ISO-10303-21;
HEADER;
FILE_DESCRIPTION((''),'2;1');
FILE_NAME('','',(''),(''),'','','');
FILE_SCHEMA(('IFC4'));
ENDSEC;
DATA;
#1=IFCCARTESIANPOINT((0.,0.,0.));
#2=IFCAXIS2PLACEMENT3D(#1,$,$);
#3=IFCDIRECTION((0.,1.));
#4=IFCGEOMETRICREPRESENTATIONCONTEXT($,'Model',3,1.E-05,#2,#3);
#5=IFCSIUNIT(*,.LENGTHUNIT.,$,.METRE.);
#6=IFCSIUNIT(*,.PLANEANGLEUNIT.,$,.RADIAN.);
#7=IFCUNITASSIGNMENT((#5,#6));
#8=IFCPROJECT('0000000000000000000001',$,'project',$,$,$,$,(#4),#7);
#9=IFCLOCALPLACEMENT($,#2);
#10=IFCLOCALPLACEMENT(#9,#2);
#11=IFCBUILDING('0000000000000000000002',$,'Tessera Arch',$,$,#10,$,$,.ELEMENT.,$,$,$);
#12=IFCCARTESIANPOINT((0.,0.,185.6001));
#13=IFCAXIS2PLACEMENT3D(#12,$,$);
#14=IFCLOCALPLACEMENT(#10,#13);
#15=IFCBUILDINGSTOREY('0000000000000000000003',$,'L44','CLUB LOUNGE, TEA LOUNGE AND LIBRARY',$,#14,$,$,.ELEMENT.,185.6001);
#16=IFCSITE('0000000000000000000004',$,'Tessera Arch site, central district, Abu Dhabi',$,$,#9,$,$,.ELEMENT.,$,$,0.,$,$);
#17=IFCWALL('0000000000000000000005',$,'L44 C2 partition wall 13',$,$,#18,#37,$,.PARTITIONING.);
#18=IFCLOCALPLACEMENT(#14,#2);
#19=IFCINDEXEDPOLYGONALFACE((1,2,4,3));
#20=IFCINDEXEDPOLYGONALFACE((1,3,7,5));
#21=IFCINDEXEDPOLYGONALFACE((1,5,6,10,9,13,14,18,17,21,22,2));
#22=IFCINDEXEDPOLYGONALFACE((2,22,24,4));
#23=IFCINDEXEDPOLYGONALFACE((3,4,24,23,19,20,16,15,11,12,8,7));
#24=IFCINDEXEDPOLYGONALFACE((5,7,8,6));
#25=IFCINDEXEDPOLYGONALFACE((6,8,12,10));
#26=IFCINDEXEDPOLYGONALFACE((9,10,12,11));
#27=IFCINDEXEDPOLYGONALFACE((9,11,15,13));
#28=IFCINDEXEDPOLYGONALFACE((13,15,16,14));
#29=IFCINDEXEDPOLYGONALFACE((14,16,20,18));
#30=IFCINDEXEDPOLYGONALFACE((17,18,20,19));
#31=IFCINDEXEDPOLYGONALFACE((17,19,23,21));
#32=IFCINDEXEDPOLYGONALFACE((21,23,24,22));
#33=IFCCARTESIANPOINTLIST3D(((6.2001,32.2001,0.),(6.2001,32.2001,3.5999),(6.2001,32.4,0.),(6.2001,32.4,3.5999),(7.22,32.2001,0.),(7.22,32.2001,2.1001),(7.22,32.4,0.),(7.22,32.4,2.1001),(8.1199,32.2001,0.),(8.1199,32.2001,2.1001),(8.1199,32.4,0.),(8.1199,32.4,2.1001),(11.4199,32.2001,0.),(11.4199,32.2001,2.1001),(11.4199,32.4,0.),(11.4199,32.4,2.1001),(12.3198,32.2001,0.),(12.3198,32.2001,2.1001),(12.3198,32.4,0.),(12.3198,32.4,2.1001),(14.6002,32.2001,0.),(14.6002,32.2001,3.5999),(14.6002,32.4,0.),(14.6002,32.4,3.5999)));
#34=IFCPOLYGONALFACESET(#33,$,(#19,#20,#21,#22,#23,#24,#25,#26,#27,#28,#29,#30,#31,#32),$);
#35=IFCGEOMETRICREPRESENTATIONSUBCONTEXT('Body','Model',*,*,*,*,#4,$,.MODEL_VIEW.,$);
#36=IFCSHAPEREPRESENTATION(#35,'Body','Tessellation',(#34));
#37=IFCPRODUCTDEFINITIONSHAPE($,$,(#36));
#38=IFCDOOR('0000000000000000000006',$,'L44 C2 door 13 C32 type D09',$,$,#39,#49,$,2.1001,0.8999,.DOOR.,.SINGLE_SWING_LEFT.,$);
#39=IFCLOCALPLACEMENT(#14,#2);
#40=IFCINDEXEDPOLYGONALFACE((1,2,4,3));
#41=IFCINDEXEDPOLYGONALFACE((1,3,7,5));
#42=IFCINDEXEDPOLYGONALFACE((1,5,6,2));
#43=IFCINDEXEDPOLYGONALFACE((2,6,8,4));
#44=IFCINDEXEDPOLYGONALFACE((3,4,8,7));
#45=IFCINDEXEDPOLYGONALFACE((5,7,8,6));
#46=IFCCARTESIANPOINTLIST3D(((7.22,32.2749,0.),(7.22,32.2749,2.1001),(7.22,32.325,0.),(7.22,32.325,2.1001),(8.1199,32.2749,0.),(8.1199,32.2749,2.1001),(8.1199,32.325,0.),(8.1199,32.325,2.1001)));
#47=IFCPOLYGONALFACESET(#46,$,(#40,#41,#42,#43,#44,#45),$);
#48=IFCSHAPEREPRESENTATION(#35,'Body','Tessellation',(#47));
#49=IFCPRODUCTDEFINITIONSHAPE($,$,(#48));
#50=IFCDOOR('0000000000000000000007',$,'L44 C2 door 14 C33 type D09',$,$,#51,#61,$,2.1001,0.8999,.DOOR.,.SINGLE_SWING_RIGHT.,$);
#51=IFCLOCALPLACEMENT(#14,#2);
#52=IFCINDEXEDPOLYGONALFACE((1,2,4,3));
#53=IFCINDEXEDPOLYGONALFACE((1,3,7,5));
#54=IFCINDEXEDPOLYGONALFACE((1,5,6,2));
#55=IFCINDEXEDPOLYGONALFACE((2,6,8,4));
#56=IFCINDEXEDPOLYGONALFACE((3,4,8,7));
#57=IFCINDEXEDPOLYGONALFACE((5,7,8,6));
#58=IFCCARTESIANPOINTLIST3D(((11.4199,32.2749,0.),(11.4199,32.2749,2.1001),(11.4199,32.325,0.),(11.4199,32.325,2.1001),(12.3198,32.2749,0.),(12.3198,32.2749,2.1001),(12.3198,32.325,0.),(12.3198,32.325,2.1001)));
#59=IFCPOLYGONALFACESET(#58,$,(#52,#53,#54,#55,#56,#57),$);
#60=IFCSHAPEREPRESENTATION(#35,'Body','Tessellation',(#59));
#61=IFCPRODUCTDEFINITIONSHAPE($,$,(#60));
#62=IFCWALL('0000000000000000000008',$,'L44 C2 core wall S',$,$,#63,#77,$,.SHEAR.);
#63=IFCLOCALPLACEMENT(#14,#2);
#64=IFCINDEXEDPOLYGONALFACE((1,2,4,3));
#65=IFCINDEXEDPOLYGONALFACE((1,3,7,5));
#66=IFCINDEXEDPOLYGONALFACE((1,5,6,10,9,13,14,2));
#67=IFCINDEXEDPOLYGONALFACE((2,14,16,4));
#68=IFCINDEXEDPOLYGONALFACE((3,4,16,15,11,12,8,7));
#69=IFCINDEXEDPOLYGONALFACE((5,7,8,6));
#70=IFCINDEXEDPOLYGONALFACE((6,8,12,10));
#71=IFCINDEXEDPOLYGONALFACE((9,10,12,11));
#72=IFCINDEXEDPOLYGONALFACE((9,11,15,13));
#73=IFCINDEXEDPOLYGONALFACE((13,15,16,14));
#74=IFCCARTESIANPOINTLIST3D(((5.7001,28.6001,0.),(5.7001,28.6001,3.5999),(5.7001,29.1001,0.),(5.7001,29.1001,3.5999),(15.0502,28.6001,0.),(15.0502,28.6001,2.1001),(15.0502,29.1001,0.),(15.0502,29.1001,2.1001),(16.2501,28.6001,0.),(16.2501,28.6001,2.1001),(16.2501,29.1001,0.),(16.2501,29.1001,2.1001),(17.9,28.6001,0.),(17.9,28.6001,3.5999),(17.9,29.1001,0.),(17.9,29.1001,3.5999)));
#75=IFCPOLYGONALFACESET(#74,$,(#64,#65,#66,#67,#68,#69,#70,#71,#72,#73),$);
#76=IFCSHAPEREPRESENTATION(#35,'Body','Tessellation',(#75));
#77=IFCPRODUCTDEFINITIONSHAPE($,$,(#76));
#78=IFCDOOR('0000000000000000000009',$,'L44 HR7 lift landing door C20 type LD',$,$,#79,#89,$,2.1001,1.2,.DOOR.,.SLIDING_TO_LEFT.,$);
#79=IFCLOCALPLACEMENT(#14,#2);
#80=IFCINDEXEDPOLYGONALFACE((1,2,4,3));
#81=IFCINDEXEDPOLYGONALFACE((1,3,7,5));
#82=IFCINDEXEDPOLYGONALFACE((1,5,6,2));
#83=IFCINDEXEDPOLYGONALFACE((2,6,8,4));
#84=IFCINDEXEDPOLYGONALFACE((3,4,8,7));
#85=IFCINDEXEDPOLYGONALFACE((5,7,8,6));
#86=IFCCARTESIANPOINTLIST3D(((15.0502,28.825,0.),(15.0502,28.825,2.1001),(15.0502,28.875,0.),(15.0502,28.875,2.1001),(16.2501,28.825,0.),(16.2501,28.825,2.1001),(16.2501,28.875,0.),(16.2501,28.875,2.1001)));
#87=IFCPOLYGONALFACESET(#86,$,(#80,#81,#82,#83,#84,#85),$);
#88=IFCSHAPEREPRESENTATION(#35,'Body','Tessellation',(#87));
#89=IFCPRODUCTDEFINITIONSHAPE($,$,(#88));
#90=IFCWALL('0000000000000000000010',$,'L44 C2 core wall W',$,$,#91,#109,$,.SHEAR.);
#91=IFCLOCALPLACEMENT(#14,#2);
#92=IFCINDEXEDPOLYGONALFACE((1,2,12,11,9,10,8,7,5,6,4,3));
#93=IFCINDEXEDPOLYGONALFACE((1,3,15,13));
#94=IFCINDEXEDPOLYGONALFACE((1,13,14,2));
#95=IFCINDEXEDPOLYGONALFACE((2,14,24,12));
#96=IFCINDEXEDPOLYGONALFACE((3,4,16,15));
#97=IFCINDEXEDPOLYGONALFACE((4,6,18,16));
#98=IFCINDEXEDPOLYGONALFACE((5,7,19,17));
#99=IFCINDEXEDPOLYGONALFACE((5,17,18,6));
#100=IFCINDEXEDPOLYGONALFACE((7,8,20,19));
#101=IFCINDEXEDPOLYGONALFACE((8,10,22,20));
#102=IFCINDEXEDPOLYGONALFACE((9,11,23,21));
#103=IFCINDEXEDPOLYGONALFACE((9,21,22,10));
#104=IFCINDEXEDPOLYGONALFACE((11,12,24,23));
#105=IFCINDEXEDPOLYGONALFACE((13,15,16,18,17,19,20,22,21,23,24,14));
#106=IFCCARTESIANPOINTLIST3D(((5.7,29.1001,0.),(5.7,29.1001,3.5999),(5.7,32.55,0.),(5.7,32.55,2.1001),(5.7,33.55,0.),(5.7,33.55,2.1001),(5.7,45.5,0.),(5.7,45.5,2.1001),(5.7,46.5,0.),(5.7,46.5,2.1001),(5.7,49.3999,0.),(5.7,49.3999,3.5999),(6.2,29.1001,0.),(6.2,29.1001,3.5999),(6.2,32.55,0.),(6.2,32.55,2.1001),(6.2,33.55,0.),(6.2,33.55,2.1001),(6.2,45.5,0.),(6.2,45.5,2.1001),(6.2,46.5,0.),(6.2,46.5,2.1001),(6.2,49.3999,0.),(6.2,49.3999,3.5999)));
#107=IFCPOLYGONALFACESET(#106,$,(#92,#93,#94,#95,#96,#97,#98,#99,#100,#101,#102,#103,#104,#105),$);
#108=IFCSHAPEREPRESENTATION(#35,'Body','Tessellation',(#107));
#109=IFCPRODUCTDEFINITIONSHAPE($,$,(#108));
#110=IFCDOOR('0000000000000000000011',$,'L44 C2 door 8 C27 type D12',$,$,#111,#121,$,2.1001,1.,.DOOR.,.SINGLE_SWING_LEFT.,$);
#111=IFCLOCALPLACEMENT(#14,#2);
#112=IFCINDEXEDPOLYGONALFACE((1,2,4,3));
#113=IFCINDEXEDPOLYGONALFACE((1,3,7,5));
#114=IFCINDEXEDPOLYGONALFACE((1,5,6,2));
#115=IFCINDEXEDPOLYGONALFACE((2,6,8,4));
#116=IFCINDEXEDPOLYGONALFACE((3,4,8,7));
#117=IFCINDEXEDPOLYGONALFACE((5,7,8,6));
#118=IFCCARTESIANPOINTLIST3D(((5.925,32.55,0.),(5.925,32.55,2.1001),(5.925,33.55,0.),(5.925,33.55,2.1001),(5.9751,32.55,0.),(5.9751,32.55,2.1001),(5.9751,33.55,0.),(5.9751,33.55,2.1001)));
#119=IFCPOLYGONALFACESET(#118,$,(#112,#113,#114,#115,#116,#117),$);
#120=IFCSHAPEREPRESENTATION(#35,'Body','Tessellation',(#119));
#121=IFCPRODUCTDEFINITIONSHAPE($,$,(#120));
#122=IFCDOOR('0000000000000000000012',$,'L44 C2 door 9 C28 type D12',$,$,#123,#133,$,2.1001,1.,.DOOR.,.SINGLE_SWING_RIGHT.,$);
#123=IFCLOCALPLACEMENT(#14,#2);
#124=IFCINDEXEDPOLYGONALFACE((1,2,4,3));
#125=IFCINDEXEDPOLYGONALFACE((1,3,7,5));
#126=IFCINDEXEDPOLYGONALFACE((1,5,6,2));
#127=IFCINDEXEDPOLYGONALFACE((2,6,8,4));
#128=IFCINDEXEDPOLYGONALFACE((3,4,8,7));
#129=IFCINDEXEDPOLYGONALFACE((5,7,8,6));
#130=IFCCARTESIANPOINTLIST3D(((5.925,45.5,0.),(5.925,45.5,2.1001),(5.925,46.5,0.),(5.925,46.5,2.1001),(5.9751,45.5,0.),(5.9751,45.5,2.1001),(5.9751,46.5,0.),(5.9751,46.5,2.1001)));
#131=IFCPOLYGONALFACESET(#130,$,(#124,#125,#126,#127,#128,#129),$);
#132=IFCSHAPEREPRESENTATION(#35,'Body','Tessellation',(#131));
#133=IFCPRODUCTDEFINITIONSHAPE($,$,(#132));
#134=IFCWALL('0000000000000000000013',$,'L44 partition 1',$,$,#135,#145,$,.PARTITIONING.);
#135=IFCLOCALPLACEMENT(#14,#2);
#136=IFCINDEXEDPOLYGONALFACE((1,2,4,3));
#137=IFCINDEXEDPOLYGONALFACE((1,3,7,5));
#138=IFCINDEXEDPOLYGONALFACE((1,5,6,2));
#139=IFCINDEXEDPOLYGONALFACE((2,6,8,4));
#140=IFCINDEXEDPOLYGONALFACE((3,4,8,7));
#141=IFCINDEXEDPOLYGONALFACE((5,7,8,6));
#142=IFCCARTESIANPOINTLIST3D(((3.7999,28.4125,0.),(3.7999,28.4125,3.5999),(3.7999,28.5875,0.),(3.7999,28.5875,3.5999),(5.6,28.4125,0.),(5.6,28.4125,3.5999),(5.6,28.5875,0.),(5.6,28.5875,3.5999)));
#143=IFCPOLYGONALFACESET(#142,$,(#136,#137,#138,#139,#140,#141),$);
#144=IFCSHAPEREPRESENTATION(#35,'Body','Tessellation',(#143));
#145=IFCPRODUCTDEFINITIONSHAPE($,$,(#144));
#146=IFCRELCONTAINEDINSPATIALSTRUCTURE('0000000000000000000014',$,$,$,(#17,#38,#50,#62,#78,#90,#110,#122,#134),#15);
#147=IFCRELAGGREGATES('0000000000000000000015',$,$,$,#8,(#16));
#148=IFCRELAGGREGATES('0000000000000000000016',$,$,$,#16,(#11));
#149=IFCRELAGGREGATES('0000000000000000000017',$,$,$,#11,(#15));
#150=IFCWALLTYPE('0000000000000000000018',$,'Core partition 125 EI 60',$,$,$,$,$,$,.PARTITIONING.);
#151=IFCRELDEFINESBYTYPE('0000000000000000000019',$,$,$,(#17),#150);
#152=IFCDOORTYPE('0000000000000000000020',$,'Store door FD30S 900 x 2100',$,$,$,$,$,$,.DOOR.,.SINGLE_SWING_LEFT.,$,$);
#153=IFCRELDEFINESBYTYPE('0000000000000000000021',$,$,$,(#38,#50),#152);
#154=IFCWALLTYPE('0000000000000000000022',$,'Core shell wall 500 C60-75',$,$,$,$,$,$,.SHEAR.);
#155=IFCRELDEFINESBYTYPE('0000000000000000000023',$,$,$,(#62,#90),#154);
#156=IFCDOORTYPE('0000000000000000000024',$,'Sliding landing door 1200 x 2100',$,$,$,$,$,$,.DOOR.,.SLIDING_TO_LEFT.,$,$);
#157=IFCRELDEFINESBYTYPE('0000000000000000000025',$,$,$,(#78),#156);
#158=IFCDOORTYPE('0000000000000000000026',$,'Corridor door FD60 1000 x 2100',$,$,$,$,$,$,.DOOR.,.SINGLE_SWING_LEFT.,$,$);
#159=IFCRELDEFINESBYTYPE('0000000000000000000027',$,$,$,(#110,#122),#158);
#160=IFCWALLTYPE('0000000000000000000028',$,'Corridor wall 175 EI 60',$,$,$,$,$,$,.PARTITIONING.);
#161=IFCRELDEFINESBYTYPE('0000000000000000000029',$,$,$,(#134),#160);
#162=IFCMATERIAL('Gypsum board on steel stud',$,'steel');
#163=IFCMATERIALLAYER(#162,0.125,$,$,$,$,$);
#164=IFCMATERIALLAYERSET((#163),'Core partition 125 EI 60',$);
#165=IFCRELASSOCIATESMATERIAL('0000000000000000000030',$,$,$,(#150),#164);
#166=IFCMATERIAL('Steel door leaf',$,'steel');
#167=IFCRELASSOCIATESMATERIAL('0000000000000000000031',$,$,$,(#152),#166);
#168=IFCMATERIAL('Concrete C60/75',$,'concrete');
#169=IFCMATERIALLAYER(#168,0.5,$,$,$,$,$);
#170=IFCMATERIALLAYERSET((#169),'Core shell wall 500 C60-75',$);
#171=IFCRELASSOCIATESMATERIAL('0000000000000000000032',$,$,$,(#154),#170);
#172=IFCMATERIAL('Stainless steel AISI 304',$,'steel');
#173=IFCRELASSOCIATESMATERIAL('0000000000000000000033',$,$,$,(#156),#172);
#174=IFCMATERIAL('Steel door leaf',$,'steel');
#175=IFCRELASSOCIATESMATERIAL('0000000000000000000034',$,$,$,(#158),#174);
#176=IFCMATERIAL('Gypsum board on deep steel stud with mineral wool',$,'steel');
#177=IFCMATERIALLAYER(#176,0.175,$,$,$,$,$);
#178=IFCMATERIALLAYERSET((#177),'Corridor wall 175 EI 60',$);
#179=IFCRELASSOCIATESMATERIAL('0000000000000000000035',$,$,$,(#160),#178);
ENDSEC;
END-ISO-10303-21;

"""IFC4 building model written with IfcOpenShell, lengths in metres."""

from ifc_helpers import new_model, si_unit, direction, frame, frame_2d, origin, place, context, subcontext, project, spatial, rectangle, extrude, material, layer, layer_set, type_object, element, fill, save


model = new_model("IFC4")

# Units and contexts
model_context = context("Model", 3, precision=1e-05, world=origin(), true_north=direction((0.0, 1.0)))
body_context = subcontext(model_context, "Body", "Model", "MODEL_VIEW")
ifc_project = project(units=[si_unit("LENGTHUNIT", "METRE"), si_unit("PLANEANGLEUNIT", "RADIAN")], contexts=[model_context])

# Site, building, storey
site_placement = place(None, origin())
site = spatial("IfcSite", under=ifc_project, at=site_placement, Name="Tessera Arch site, central district, Abu Dhabi", CompositionType="ELEMENT", RefElevation=0.0)
building_placement = place(site_placement, origin())
building = spatial("IfcBuilding", under=site, at=building_placement, Name="Tessera Arch", CompositionType="ELEMENT")
storey_placement = place(building_placement, frame((0.0, 0.0, 185.6001)))
storey = spatial("IfcBuildingStorey", under=building, at=storey_placement, Name="L44", Description="CLUB LOUNGE, TEA LOUNGE AND LIBRARY", CompositionType="ELEMENT", Elevation=185.6001)

# Shared definitions
ifc_material_1 = material(Name="Gypsum board on steel stud", Category="steel")
ifc_layer_1 = layer(ifc_material_1, 0.125)
ifc_layer_set_1 = layer_set([ifc_layer_1], Name="Core partition 125 EI 60")
wall_type_1 = type_object("IfcWallType", Name="Core partition 125 EI 60", PredefinedType="PARTITIONING", material=ifc_layer_set_1)

# Wall, openings, doors
wall_1_placement = place(storey_placement, frame((6.2, 32.3, 0.0), z_axis=(0.0, 0.0, 1.0), x_axis=(1.0, 0.0, 0.0)))
wall_1 = element("IfcWall", 1, at=wall_1_placement, inside=storey, type_object=wall_type_1, Name="L44 C2 partition wall 13", PredefinedType="PARTITIONING", context=body_context, shape_type="SweptSolid", body=[
    extrude(rectangle(XDim=8.4001, YDim=0.2, at=frame_2d((4.2002, 0.0))), origin(), (0.0, 0.0, 1.0), 3.5999),
])
opening_1_placement = place(wall_1_placement, frame((1.02, 0.0, 0.0)))
opening_1 = element("IfcOpeningElement", 2, at=opening_1_placement, cuts=wall_1, PredefinedType="OPENING", context=body_context, shape_type="SweptSolid", body=[
    extrude(rectangle(XDim=0.8999, YDim=2.1001, at=frame_2d((0.45, 1.05))), frame((0.0, 0.1099, 0.0), z_axis=(0.0, -1.0, 0.0), x_axis=(1.0, 0.0, 0.0)), (0.0, 0.0, 1.0), 0.22),
])
opening_2_placement = place(wall_1_placement, frame((5.22, 0.0, 0.0)))
opening_2 = element("IfcOpeningElement", 3, at=opening_2_placement, cuts=wall_1, PredefinedType="OPENING", context=body_context, shape_type="SweptSolid", body=[
    extrude(rectangle(XDim=0.8999, YDim=2.1001, at=frame_2d((0.45, 1.05))), frame((0.0, 0.1099, 0.0), z_axis=(0.0, -1.0, 0.0), x_axis=(1.0, 0.0, 0.0)), (0.0, 0.0, 1.0), 0.22),
])
ifc_material_2 = material(Name="Steel door leaf", Category="steel")
door_type_1 = type_object("IfcDoorType", Name="Store door FD30S 900 x 2100", OperationType="SINGLE_SWING_LEFT", PredefinedType="DOOR", material=ifc_material_2)
door_1_placement = place(opening_1_placement, origin())
door_1 = element("IfcDoor", 4, at=door_1_placement, inside=storey, type_object=door_type_1, Name="L44 C2 door 13 C32 type D09", OperationType="SINGLE_SWING_LEFT", OverallHeight=2.1001, OverallWidth=0.8999, PredefinedType="DOOR", context=body_context, shape_type="SweptSolid", body=[
    extrude(rectangle(XDim=0.8999, YDim=2.1001, at=frame_2d((0.45, 1.05))), frame((0.0, 0.0249, 0.0), z_axis=(0.0, -1.0, 0.0), x_axis=(1.0, 0.0, 0.0)), (0.0, 0.0, 1.0), 0.05),
])
fill(opening_1, door_1)
door_2_placement = place(opening_2_placement, origin())
door_2 = element("IfcDoor", 5, at=door_2_placement, inside=storey, type_object=door_type_1, Name="L44 C2 door 14 C33 type D09", OperationType="SINGLE_SWING_RIGHT", OverallHeight=2.1001, OverallWidth=0.8999, PredefinedType="DOOR", context=body_context, shape_type="SweptSolid", body=[
    extrude(rectangle(XDim=0.8999, YDim=2.1001, at=frame_2d((0.45, 1.05))), frame((0.0, 0.0249, 0.0), z_axis=(0.0, -1.0, 0.0), x_axis=(1.0, 0.0, 0.0)), (0.0, 0.0, 1.0), 0.05),
])
fill(opening_2, door_2)

# Wall, opening, door
ifc_material_3 = material(Name="Concrete C60/75", Category="concrete")
ifc_layer_2 = layer(ifc_material_3, 0.5)
ifc_layer_set_2 = layer_set([ifc_layer_2], Name="Core shell wall 500 C60-75")
wall_type_2 = type_object("IfcWallType", Name="Core shell wall 500 C60-75", PredefinedType="SHEAR", material=ifc_layer_set_2)
wall_2_placement = place(storey_placement, frame((5.7, 28.8501, 0.0), z_axis=(0.0, 0.0, 1.0), x_axis=(1.0, 0.0, 0.0)))
wall_2 = element("IfcWall", 6, at=wall_2_placement, inside=storey, type_object=wall_type_2, Name="L44 C2 core wall S", PredefinedType="SHEAR", context=body_context, shape_type="SweptSolid", body=[
    extrude(rectangle(XDim=12.2, YDim=0.5, at=frame_2d((6.1001, 0.0))), origin(), (0.0, 0.0, 1.0), 3.5999),
])
opening_3_placement = place(wall_2_placement, frame((9.3501, 0.0, 0.0)))
opening_3 = element("IfcOpeningElement", 7, at=opening_3_placement, cuts=wall_2, PredefinedType="OPENING", context=body_context, shape_type="SweptSolid", body=[
    extrude(rectangle(XDim=1.2, YDim=2.1001, at=frame_2d((0.6001, 1.05))), frame((0.0, 0.26, 0.0), z_axis=(0.0, -1.0, 0.0), x_axis=(1.0, 0.0, 0.0)), (0.0, 0.0, 1.0), 0.52),
])
ifc_material_4 = material(Name="Stainless steel AISI 304", Category="steel")
door_type_2 = type_object("IfcDoorType", Name="Sliding landing door 1200 x 2100", OperationType="SLIDING_TO_LEFT", PredefinedType="DOOR", material=ifc_material_4)
door_3_placement = place(opening_3_placement, origin())
door_3 = element("IfcDoor", 8, at=door_3_placement, inside=storey, type_object=door_type_2, Name="L44 HR7 lift landing door C20 type LD", OperationType="SLIDING_TO_LEFT", OverallHeight=2.1001, OverallWidth=1.2, PredefinedType="DOOR", context=body_context, shape_type="SweptSolid", body=[
    extrude(rectangle(XDim=1.2, YDim=2.1001, at=frame_2d((0.6001, 1.05))), frame((0.0, 0.0249, 0.0), z_axis=(0.0, -1.0, 0.0), x_axis=(1.0, 0.0, 0.0)), (0.0, 0.0, 1.0), 0.05),
])
fill(opening_3, door_3)

# Wall, openings, doors
wall_3_placement = place(storey_placement, frame((5.95, 29.1001, 0.0), z_axis=(0.0, 0.0, 1.0), x_axis=(0.0, 1.0, 0.0)))
wall_3 = element("IfcWall", 9, at=wall_3_placement, inside=storey, type_object=wall_type_2, Name="L44 C2 core wall W", PredefinedType="SHEAR", context=body_context, shape_type="SweptSolid", body=[
    extrude(rectangle(XDim=20.2998, YDim=0.5, at=frame_2d((10.1499, 0.0))), origin(), (0.0, 0.0, 1.0), 3.5999),
])
opening_4_placement = place(wall_3_placement, frame((3.45, 0.0, 0.0)))
opening_4 = element("IfcOpeningElement", 10, at=opening_4_placement, cuts=wall_3, PredefinedType="OPENING", context=body_context, shape_type="SweptSolid", body=[
    extrude(rectangle(XDim=1.0, YDim=2.1001, at=frame_2d((0.5, 1.05))), frame((0.0, 0.26, 0.0), z_axis=(0.0, -1.0, 0.0), x_axis=(1.0, 0.0, 0.0)), (0.0, 0.0, 1.0), 0.52),
])
opening_5_placement = place(wall_3_placement, frame((16.3999, 0.0, 0.0)))
opening_5 = element("IfcOpeningElement", 11, at=opening_5_placement, cuts=wall_3, PredefinedType="OPENING", context=body_context, shape_type="SweptSolid", body=[
    extrude(rectangle(XDim=1.0, YDim=2.1001, at=frame_2d((0.5, 1.05))), frame((0.0, 0.26, 0.0), z_axis=(0.0, -1.0, 0.0), x_axis=(1.0, 0.0, 0.0)), (0.0, 0.0, 1.0), 0.52),
])
ifc_material_5 = material(Name="Steel door leaf", Category="steel")
door_type_3 = type_object("IfcDoorType", Name="Corridor door FD60 1000 x 2100", OperationType="SINGLE_SWING_LEFT", PredefinedType="DOOR", material=ifc_material_5)
door_4_placement = place(opening_4_placement, origin())
door_4 = element("IfcDoor", 12, at=door_4_placement, inside=storey, type_object=door_type_3, Name="L44 C2 door 8 C27 type D12", OperationType="SINGLE_SWING_LEFT", OverallHeight=2.1001, OverallWidth=1.0, PredefinedType="DOOR", context=body_context, shape_type="SweptSolid", body=[
    extrude(rectangle(XDim=1.0, YDim=2.1001, at=frame_2d((0.5, 1.05))), frame((0.0, 0.0249, 0.0), z_axis=(0.0, -1.0, 0.0), x_axis=(1.0, 0.0, 0.0)), (0.0, 0.0, 1.0), 0.05),
])
fill(opening_4, door_4)
door_5_placement = place(opening_5_placement, origin())
door_5 = element("IfcDoor", 13, at=door_5_placement, inside=storey, type_object=door_type_3, Name="L44 C2 door 9 C28 type D12", OperationType="SINGLE_SWING_RIGHT", OverallHeight=2.1001, OverallWidth=1.0, PredefinedType="DOOR", context=body_context, shape_type="SweptSolid", body=[
    extrude(rectangle(XDim=1.0, YDim=2.1001, at=frame_2d((0.5, 1.05))), frame((0.0, 0.0249, 0.0), z_axis=(0.0, -1.0, 0.0), x_axis=(1.0, 0.0, 0.0)), (0.0, 0.0, 1.0), 0.05),
])
fill(opening_5, door_5)

# Wall
ifc_material_6 = material(Name="Gypsum board on deep steel stud with mineral wool", Category="steel")
ifc_layer_3 = layer(ifc_material_6, 0.175)
ifc_layer_set_3 = layer_set([ifc_layer_3], Name="Corridor wall 175 EI 60")
wall_type_3 = type_object("IfcWallType", Name="Corridor wall 175 EI 60", PredefinedType="PARTITIONING", material=ifc_layer_set_3)
wall_4_placement = place(storey_placement, frame((3.8, 28.5, 0.0), z_axis=(0.0, 0.0, 1.0), x_axis=(1.0, 0.0, 0.0)))
element("IfcWall", 14, at=wall_4_placement, inside=storey, type_object=wall_type_3, Name="L44 partition 1", PredefinedType="PARTITIONING", context=body_context, shape_type="SweptSolid", body=[
    extrude(rectangle(XDim=1.8, YDim=0.175, at=frame_2d((0.8999, 0.0))), origin(), (0.0, 0.0, 1.0), 3.5999),
])

save(model, "model.ifc")
